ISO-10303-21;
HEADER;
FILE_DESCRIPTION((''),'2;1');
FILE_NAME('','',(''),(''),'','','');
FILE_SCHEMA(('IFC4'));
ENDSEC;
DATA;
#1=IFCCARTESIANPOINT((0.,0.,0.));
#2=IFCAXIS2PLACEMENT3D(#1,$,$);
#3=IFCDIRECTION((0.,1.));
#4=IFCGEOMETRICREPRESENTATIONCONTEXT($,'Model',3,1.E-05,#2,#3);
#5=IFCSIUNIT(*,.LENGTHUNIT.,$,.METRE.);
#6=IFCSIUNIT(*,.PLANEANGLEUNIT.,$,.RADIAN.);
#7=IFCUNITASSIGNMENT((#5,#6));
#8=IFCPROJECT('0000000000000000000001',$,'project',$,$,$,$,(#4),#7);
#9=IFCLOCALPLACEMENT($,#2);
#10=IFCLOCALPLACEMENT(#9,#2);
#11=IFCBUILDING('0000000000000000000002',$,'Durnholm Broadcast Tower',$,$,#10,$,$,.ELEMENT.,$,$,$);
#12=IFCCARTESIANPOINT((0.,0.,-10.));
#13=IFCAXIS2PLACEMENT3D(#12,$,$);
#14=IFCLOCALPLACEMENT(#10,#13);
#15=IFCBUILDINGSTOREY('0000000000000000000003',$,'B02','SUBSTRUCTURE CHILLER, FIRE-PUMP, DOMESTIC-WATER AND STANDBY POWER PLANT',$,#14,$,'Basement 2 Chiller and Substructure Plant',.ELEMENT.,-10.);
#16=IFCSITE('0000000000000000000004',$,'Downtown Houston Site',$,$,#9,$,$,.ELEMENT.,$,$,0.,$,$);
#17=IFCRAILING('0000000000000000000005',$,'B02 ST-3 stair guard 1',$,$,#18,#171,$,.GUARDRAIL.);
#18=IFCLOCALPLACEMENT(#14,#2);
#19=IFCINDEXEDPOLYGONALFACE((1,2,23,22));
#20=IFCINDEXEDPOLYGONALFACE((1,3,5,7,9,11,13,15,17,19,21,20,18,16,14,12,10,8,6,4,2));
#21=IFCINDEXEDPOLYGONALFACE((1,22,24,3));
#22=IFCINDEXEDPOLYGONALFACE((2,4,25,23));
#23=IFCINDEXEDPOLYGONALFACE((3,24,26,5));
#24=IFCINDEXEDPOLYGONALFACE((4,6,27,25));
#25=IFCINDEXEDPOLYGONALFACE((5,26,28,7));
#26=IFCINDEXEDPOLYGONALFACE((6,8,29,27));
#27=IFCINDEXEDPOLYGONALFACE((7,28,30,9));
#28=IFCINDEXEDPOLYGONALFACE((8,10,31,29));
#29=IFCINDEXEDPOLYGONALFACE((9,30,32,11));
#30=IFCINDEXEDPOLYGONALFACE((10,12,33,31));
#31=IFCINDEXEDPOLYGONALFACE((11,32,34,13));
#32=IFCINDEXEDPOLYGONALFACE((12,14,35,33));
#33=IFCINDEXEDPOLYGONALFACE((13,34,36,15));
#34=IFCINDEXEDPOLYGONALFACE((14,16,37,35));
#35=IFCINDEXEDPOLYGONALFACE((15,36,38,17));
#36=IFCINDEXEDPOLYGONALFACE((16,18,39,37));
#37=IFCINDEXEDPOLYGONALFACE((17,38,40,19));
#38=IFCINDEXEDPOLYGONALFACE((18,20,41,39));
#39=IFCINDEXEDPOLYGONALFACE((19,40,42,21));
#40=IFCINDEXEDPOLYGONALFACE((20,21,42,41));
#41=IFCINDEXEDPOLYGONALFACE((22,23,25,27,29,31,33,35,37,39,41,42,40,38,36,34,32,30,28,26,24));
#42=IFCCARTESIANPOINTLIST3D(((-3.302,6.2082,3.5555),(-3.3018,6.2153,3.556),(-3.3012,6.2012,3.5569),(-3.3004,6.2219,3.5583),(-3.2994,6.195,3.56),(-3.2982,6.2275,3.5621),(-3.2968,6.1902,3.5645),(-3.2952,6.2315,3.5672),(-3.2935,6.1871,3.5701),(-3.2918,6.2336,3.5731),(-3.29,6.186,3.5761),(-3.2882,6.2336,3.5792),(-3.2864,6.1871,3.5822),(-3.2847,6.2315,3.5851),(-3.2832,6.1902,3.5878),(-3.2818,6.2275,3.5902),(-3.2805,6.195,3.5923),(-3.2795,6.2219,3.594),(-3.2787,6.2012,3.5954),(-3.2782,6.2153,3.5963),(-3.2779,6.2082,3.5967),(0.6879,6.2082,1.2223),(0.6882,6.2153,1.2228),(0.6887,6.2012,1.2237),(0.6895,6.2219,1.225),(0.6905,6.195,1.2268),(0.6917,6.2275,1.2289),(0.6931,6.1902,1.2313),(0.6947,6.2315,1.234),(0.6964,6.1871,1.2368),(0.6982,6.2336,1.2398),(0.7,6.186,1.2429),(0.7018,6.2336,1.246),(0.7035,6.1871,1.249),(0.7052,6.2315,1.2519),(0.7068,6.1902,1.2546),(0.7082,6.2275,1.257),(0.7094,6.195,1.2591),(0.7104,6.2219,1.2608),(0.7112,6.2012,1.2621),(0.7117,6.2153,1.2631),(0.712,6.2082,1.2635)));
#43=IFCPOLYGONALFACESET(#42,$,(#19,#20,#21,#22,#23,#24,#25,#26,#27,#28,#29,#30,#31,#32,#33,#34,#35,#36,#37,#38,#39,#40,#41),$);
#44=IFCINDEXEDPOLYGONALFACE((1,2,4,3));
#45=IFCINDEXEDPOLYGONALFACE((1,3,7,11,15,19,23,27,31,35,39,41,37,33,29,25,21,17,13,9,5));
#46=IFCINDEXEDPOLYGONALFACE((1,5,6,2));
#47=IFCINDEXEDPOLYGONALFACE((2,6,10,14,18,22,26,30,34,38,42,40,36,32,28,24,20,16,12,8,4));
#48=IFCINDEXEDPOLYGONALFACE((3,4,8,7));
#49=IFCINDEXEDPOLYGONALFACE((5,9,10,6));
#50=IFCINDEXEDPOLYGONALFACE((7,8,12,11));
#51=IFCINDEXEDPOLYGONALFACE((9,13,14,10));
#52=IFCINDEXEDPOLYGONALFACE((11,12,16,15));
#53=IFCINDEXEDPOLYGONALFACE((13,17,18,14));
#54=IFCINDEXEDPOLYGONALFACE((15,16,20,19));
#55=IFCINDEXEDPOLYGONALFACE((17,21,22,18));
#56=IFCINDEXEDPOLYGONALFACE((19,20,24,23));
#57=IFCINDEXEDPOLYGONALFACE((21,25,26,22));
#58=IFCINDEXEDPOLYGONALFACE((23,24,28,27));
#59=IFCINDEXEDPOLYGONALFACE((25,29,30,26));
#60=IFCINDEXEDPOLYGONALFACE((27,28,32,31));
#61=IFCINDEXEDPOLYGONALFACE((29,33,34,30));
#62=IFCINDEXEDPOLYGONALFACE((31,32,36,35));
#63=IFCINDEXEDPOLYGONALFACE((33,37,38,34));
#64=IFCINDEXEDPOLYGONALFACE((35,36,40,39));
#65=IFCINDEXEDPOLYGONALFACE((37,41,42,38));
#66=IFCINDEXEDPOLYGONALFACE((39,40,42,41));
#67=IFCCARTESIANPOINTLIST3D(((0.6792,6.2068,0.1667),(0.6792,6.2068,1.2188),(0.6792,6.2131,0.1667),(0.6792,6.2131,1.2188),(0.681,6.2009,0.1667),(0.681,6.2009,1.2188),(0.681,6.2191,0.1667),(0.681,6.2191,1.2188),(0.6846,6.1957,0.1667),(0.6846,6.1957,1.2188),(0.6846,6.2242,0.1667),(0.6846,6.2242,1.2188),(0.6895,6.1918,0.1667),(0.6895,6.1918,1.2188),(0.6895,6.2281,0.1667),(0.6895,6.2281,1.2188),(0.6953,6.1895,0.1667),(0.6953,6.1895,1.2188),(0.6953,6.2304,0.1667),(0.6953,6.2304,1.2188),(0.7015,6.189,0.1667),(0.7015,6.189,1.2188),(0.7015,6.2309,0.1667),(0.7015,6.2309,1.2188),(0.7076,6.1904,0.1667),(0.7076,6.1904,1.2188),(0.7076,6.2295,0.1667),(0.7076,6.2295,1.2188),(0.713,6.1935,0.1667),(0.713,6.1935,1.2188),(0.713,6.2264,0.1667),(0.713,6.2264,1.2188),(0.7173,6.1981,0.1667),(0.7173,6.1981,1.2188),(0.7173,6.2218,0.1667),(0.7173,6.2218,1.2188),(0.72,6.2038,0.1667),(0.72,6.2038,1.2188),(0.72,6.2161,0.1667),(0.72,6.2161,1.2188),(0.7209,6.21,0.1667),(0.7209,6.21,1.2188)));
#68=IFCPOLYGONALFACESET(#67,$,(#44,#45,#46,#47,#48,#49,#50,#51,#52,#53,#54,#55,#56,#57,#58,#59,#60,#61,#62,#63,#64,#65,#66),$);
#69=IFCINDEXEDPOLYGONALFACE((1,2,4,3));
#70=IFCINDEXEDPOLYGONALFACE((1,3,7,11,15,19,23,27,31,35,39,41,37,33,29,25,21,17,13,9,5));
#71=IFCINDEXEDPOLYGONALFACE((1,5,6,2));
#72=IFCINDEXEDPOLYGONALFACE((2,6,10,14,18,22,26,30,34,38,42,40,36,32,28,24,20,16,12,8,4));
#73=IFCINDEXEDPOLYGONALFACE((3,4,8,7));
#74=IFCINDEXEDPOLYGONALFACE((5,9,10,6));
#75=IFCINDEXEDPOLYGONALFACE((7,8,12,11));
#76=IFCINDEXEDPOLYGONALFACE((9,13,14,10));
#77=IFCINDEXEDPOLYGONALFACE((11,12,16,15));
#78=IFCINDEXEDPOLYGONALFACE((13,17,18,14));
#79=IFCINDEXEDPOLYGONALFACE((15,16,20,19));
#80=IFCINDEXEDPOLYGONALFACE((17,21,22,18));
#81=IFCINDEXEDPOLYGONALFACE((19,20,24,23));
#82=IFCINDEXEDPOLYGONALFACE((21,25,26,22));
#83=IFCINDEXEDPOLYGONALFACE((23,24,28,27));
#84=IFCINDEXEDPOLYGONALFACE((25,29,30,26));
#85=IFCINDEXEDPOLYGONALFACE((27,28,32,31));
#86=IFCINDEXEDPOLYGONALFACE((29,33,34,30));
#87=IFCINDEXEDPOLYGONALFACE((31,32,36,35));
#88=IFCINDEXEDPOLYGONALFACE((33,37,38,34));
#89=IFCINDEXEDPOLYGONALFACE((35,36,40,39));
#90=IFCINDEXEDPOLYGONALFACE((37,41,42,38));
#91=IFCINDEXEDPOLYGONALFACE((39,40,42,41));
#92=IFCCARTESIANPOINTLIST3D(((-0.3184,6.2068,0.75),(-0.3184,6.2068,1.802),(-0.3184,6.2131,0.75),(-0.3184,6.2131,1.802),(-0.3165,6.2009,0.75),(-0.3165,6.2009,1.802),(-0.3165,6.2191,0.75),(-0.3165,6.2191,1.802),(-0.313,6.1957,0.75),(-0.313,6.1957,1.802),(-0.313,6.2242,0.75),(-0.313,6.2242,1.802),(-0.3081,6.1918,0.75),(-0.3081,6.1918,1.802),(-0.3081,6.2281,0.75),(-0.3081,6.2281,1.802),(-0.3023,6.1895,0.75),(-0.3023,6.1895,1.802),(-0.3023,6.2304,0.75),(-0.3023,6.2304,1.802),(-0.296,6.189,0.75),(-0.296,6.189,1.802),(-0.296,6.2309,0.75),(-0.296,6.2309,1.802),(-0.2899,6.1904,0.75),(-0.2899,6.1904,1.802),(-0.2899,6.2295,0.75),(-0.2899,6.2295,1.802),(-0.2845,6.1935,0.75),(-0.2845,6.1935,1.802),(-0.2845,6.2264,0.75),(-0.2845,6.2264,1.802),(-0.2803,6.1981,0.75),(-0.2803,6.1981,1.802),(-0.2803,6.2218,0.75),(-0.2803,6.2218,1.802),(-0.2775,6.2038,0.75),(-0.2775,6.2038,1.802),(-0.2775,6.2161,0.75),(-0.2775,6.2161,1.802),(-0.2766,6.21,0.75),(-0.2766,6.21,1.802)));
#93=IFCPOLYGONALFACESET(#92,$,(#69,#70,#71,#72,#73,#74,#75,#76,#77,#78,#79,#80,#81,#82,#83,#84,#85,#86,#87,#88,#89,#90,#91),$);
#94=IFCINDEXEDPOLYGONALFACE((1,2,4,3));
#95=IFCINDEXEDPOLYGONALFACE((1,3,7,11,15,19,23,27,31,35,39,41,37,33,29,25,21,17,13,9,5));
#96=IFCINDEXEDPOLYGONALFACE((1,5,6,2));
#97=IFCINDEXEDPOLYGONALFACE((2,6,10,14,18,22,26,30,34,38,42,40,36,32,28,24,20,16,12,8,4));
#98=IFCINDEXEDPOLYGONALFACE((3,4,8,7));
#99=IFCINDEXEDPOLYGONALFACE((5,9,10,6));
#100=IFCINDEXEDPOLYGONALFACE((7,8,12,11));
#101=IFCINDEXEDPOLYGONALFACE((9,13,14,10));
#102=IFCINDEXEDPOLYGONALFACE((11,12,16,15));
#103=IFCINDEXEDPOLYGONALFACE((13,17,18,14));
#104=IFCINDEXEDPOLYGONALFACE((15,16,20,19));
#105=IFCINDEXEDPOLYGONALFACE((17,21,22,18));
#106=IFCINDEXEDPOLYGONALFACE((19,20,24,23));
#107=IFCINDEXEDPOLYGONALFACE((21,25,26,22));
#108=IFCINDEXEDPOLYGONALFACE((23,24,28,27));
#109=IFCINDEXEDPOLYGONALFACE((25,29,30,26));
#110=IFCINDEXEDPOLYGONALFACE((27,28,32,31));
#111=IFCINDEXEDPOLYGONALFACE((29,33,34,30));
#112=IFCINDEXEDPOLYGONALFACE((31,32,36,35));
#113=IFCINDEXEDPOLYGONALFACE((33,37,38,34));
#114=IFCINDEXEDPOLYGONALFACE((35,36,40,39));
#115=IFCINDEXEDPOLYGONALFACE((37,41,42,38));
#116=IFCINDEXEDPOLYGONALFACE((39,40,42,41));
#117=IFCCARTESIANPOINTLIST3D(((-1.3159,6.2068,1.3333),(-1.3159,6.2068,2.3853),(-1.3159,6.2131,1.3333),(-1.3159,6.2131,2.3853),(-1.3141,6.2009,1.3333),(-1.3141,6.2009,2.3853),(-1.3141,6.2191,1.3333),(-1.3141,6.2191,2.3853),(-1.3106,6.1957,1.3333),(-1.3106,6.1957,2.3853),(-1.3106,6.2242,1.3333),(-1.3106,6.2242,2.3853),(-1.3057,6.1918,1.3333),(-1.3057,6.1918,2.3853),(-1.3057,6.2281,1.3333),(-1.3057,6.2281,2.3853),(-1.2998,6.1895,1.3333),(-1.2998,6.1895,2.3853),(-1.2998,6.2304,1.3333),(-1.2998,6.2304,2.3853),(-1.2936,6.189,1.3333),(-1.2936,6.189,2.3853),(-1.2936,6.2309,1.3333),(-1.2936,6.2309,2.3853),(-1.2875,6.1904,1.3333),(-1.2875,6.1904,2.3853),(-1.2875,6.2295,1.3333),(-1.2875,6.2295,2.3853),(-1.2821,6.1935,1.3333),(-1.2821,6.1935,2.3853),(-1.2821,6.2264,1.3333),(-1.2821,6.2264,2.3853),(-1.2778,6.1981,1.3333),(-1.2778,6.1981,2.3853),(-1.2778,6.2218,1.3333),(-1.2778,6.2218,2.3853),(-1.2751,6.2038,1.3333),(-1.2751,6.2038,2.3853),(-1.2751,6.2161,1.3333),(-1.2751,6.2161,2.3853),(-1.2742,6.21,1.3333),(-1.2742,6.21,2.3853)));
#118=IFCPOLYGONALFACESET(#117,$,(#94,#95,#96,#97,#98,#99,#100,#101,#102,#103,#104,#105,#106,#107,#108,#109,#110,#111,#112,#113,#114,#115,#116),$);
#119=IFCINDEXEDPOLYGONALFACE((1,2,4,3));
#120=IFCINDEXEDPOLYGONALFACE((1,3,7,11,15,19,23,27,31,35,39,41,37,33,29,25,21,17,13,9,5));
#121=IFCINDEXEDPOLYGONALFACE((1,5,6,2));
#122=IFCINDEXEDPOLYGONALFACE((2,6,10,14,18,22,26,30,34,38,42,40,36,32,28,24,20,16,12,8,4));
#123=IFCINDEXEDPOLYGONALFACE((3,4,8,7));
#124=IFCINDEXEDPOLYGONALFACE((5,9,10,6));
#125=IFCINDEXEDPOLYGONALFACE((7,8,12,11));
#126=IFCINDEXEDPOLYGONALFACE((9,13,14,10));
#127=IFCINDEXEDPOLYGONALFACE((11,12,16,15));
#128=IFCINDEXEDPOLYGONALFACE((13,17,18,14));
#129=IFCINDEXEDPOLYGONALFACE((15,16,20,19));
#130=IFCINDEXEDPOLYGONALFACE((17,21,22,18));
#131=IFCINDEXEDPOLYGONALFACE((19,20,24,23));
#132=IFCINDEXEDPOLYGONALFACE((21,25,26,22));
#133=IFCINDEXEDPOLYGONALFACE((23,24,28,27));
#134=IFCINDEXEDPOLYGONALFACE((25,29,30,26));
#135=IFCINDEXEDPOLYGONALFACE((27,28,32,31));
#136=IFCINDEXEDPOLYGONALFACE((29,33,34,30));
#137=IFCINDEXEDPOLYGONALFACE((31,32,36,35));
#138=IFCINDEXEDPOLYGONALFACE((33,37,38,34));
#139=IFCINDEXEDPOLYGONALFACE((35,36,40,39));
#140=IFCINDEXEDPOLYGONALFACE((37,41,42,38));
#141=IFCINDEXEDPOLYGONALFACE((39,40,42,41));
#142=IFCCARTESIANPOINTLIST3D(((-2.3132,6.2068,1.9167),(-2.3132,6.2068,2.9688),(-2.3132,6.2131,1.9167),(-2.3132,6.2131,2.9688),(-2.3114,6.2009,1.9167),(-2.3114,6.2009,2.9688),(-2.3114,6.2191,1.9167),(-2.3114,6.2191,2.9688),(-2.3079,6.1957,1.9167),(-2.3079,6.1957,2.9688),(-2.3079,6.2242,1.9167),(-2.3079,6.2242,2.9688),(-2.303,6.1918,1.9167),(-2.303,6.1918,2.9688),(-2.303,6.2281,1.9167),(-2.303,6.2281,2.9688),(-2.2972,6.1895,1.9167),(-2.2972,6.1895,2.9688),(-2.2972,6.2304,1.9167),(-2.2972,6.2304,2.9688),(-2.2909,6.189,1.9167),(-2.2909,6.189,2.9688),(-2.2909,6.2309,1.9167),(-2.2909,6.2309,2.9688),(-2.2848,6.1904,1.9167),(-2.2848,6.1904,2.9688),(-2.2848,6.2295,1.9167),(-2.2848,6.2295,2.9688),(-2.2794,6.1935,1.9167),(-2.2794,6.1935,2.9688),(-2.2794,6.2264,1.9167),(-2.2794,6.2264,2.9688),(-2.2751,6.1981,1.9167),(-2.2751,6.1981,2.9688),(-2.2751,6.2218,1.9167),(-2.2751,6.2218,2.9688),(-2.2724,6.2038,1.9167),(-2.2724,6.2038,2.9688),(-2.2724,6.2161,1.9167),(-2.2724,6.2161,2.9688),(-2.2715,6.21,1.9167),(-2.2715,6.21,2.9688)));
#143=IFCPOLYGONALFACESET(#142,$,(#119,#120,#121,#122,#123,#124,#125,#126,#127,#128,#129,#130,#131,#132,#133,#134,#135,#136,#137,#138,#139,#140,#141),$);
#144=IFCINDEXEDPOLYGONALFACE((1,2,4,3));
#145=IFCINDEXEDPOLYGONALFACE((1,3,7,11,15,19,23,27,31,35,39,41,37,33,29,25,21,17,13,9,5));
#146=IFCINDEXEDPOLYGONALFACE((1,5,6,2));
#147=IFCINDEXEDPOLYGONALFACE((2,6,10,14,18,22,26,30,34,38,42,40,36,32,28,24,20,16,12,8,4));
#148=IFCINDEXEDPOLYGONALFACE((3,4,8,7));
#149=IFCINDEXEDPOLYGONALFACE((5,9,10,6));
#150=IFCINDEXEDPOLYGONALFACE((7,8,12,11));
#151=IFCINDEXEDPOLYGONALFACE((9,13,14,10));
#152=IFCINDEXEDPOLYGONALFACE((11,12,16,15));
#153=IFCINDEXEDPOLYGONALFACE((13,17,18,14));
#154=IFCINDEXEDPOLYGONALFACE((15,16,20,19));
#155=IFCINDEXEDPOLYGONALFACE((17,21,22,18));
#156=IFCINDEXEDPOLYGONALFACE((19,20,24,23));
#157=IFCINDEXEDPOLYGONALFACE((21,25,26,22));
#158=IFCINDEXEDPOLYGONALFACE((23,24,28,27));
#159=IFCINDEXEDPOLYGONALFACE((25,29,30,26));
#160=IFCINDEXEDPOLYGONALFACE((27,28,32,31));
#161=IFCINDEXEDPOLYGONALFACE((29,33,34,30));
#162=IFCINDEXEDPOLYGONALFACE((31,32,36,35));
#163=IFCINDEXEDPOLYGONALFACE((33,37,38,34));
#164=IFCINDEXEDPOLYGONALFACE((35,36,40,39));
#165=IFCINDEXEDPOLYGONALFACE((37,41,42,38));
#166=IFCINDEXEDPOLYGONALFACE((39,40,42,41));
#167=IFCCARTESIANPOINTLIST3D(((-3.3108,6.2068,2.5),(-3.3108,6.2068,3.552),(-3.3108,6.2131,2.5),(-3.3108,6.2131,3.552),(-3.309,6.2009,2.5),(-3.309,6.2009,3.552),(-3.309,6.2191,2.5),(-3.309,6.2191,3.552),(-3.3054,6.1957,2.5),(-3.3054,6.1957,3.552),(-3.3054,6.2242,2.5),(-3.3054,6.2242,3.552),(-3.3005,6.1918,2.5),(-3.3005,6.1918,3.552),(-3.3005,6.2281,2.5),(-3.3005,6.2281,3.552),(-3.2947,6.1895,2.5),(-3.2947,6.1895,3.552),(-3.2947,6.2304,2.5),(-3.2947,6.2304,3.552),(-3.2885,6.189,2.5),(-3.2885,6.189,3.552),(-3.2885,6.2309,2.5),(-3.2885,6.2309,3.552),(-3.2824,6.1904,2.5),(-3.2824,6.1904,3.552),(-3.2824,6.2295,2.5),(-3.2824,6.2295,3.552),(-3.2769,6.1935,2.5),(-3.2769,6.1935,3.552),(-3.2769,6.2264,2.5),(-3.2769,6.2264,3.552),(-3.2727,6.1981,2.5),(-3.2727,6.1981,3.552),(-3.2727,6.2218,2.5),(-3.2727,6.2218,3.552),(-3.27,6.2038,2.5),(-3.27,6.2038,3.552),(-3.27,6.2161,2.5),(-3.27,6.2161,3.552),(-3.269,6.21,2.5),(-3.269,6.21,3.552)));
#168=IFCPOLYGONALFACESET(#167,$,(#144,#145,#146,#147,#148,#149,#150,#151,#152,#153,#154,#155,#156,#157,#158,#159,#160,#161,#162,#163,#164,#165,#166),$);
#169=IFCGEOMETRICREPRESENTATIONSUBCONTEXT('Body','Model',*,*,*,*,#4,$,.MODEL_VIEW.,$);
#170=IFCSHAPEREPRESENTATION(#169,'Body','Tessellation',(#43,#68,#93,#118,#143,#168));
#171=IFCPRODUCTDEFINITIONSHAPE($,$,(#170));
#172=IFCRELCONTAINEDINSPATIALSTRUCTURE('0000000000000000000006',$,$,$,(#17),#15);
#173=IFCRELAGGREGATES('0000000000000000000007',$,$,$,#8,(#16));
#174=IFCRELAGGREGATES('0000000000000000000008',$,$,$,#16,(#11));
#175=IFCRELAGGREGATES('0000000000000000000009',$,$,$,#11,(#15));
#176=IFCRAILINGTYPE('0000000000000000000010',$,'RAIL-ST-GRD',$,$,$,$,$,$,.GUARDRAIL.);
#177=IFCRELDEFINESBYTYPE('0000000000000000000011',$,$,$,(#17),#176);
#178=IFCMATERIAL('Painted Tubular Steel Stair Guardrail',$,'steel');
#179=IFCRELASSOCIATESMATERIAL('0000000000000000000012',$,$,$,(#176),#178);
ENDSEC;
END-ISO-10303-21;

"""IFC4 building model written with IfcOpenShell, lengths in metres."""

from ifc_helpers import new_model, si_unit, direction, frame, origin, origin_2d, place, context, subcontext, project, spatial, circle, extrude, material, type_object, element, save


model = new_model("IFC4")

# Units and contexts
model_context = context("Model", 3, precision=1e-05, world=origin(), true_north=direction((0.0, 1.0)))
body_context = subcontext(model_context, "Body", "Model", "MODEL_VIEW")
ifc_project = project(units=[si_unit("LENGTHUNIT", "METRE"), si_unit("PLANEANGLEUNIT", "RADIAN")], contexts=[model_context])

# Site, building, storey
site_placement = place(None, origin())
site = spatial("IfcSite", under=ifc_project, at=site_placement, Name="Downtown Houston Site", CompositionType="ELEMENT", RefElevation=0.0)
building_placement = place(site_placement, origin())
building = spatial("IfcBuilding", under=site, at=building_placement, Name="Durnholm Broadcast Tower", CompositionType="ELEMENT")
storey_placement = place(building_placement, frame((0.0, 0.0, -10.0)))
storey = spatial("IfcBuildingStorey", under=building, at=storey_placement, Name="B02", Description="SUBSTRUCTURE CHILLER, FIRE-PUMP, DOMESTIC-WATER AND STANDBY POWER PLANT", LongName="Basement 2 Chiller and Substructure Plant", CompositionType="ELEMENT", Elevation=-10.0)

# Railing
ifc_material_1 = material(Name="Painted Tubular Steel Stair Guardrail", Category="steel")
railing_type = type_object("IfcRailingType", Name="RAIL-ST-GRD", PredefinedType="GUARDRAIL", material=ifc_material_1)
railing_1_placement = place(storey_placement, frame((0.7, 6.21, 0.1667)))
element("IfcRailing", 1, at=railing_1_placement, inside=storey, type_object=railing_type, Name="B02 ST-3 stair guard 1", PredefinedType="GUARDRAIL", context=body_context, shape_type="SweptSolid", body=[
    extrude(circle(Radius=0.0239, at=origin_2d()), frame((0.0, 0.0, 1.0762), z_axis=(-0.863236, 0.0, 0.5048), x_axis=(0.0, -1.0, 0.0)), (0.0, 0.0, 1.0), 4.6221),
    extrude(circle(Radius=0.021, at=origin_2d()), origin(), (0.0, 0.0, 1.0), 1.052),
    extrude(circle(Radius=0.021, at=origin_2d()), frame((-0.9976, 0.0, 0.5833)), (0.0, 0.0, 1.0), 1.052),
    extrude(circle(Radius=0.021, at=origin_2d()), frame((-1.9951, 0.0, 1.1665)), (0.0, 0.0, 1.0), 1.052),
    extrude(circle(Radius=0.021, at=origin_2d()), frame((-2.9924, 0.0, 1.75)), (0.0, 0.0, 1.0), 1.052),
    extrude(circle(Radius=0.021, at=origin_2d()), frame((-3.99, 0.0, 2.3333)), (0.0, 0.0, 1.0), 1.052),
])

save(model, "model.ifc")
